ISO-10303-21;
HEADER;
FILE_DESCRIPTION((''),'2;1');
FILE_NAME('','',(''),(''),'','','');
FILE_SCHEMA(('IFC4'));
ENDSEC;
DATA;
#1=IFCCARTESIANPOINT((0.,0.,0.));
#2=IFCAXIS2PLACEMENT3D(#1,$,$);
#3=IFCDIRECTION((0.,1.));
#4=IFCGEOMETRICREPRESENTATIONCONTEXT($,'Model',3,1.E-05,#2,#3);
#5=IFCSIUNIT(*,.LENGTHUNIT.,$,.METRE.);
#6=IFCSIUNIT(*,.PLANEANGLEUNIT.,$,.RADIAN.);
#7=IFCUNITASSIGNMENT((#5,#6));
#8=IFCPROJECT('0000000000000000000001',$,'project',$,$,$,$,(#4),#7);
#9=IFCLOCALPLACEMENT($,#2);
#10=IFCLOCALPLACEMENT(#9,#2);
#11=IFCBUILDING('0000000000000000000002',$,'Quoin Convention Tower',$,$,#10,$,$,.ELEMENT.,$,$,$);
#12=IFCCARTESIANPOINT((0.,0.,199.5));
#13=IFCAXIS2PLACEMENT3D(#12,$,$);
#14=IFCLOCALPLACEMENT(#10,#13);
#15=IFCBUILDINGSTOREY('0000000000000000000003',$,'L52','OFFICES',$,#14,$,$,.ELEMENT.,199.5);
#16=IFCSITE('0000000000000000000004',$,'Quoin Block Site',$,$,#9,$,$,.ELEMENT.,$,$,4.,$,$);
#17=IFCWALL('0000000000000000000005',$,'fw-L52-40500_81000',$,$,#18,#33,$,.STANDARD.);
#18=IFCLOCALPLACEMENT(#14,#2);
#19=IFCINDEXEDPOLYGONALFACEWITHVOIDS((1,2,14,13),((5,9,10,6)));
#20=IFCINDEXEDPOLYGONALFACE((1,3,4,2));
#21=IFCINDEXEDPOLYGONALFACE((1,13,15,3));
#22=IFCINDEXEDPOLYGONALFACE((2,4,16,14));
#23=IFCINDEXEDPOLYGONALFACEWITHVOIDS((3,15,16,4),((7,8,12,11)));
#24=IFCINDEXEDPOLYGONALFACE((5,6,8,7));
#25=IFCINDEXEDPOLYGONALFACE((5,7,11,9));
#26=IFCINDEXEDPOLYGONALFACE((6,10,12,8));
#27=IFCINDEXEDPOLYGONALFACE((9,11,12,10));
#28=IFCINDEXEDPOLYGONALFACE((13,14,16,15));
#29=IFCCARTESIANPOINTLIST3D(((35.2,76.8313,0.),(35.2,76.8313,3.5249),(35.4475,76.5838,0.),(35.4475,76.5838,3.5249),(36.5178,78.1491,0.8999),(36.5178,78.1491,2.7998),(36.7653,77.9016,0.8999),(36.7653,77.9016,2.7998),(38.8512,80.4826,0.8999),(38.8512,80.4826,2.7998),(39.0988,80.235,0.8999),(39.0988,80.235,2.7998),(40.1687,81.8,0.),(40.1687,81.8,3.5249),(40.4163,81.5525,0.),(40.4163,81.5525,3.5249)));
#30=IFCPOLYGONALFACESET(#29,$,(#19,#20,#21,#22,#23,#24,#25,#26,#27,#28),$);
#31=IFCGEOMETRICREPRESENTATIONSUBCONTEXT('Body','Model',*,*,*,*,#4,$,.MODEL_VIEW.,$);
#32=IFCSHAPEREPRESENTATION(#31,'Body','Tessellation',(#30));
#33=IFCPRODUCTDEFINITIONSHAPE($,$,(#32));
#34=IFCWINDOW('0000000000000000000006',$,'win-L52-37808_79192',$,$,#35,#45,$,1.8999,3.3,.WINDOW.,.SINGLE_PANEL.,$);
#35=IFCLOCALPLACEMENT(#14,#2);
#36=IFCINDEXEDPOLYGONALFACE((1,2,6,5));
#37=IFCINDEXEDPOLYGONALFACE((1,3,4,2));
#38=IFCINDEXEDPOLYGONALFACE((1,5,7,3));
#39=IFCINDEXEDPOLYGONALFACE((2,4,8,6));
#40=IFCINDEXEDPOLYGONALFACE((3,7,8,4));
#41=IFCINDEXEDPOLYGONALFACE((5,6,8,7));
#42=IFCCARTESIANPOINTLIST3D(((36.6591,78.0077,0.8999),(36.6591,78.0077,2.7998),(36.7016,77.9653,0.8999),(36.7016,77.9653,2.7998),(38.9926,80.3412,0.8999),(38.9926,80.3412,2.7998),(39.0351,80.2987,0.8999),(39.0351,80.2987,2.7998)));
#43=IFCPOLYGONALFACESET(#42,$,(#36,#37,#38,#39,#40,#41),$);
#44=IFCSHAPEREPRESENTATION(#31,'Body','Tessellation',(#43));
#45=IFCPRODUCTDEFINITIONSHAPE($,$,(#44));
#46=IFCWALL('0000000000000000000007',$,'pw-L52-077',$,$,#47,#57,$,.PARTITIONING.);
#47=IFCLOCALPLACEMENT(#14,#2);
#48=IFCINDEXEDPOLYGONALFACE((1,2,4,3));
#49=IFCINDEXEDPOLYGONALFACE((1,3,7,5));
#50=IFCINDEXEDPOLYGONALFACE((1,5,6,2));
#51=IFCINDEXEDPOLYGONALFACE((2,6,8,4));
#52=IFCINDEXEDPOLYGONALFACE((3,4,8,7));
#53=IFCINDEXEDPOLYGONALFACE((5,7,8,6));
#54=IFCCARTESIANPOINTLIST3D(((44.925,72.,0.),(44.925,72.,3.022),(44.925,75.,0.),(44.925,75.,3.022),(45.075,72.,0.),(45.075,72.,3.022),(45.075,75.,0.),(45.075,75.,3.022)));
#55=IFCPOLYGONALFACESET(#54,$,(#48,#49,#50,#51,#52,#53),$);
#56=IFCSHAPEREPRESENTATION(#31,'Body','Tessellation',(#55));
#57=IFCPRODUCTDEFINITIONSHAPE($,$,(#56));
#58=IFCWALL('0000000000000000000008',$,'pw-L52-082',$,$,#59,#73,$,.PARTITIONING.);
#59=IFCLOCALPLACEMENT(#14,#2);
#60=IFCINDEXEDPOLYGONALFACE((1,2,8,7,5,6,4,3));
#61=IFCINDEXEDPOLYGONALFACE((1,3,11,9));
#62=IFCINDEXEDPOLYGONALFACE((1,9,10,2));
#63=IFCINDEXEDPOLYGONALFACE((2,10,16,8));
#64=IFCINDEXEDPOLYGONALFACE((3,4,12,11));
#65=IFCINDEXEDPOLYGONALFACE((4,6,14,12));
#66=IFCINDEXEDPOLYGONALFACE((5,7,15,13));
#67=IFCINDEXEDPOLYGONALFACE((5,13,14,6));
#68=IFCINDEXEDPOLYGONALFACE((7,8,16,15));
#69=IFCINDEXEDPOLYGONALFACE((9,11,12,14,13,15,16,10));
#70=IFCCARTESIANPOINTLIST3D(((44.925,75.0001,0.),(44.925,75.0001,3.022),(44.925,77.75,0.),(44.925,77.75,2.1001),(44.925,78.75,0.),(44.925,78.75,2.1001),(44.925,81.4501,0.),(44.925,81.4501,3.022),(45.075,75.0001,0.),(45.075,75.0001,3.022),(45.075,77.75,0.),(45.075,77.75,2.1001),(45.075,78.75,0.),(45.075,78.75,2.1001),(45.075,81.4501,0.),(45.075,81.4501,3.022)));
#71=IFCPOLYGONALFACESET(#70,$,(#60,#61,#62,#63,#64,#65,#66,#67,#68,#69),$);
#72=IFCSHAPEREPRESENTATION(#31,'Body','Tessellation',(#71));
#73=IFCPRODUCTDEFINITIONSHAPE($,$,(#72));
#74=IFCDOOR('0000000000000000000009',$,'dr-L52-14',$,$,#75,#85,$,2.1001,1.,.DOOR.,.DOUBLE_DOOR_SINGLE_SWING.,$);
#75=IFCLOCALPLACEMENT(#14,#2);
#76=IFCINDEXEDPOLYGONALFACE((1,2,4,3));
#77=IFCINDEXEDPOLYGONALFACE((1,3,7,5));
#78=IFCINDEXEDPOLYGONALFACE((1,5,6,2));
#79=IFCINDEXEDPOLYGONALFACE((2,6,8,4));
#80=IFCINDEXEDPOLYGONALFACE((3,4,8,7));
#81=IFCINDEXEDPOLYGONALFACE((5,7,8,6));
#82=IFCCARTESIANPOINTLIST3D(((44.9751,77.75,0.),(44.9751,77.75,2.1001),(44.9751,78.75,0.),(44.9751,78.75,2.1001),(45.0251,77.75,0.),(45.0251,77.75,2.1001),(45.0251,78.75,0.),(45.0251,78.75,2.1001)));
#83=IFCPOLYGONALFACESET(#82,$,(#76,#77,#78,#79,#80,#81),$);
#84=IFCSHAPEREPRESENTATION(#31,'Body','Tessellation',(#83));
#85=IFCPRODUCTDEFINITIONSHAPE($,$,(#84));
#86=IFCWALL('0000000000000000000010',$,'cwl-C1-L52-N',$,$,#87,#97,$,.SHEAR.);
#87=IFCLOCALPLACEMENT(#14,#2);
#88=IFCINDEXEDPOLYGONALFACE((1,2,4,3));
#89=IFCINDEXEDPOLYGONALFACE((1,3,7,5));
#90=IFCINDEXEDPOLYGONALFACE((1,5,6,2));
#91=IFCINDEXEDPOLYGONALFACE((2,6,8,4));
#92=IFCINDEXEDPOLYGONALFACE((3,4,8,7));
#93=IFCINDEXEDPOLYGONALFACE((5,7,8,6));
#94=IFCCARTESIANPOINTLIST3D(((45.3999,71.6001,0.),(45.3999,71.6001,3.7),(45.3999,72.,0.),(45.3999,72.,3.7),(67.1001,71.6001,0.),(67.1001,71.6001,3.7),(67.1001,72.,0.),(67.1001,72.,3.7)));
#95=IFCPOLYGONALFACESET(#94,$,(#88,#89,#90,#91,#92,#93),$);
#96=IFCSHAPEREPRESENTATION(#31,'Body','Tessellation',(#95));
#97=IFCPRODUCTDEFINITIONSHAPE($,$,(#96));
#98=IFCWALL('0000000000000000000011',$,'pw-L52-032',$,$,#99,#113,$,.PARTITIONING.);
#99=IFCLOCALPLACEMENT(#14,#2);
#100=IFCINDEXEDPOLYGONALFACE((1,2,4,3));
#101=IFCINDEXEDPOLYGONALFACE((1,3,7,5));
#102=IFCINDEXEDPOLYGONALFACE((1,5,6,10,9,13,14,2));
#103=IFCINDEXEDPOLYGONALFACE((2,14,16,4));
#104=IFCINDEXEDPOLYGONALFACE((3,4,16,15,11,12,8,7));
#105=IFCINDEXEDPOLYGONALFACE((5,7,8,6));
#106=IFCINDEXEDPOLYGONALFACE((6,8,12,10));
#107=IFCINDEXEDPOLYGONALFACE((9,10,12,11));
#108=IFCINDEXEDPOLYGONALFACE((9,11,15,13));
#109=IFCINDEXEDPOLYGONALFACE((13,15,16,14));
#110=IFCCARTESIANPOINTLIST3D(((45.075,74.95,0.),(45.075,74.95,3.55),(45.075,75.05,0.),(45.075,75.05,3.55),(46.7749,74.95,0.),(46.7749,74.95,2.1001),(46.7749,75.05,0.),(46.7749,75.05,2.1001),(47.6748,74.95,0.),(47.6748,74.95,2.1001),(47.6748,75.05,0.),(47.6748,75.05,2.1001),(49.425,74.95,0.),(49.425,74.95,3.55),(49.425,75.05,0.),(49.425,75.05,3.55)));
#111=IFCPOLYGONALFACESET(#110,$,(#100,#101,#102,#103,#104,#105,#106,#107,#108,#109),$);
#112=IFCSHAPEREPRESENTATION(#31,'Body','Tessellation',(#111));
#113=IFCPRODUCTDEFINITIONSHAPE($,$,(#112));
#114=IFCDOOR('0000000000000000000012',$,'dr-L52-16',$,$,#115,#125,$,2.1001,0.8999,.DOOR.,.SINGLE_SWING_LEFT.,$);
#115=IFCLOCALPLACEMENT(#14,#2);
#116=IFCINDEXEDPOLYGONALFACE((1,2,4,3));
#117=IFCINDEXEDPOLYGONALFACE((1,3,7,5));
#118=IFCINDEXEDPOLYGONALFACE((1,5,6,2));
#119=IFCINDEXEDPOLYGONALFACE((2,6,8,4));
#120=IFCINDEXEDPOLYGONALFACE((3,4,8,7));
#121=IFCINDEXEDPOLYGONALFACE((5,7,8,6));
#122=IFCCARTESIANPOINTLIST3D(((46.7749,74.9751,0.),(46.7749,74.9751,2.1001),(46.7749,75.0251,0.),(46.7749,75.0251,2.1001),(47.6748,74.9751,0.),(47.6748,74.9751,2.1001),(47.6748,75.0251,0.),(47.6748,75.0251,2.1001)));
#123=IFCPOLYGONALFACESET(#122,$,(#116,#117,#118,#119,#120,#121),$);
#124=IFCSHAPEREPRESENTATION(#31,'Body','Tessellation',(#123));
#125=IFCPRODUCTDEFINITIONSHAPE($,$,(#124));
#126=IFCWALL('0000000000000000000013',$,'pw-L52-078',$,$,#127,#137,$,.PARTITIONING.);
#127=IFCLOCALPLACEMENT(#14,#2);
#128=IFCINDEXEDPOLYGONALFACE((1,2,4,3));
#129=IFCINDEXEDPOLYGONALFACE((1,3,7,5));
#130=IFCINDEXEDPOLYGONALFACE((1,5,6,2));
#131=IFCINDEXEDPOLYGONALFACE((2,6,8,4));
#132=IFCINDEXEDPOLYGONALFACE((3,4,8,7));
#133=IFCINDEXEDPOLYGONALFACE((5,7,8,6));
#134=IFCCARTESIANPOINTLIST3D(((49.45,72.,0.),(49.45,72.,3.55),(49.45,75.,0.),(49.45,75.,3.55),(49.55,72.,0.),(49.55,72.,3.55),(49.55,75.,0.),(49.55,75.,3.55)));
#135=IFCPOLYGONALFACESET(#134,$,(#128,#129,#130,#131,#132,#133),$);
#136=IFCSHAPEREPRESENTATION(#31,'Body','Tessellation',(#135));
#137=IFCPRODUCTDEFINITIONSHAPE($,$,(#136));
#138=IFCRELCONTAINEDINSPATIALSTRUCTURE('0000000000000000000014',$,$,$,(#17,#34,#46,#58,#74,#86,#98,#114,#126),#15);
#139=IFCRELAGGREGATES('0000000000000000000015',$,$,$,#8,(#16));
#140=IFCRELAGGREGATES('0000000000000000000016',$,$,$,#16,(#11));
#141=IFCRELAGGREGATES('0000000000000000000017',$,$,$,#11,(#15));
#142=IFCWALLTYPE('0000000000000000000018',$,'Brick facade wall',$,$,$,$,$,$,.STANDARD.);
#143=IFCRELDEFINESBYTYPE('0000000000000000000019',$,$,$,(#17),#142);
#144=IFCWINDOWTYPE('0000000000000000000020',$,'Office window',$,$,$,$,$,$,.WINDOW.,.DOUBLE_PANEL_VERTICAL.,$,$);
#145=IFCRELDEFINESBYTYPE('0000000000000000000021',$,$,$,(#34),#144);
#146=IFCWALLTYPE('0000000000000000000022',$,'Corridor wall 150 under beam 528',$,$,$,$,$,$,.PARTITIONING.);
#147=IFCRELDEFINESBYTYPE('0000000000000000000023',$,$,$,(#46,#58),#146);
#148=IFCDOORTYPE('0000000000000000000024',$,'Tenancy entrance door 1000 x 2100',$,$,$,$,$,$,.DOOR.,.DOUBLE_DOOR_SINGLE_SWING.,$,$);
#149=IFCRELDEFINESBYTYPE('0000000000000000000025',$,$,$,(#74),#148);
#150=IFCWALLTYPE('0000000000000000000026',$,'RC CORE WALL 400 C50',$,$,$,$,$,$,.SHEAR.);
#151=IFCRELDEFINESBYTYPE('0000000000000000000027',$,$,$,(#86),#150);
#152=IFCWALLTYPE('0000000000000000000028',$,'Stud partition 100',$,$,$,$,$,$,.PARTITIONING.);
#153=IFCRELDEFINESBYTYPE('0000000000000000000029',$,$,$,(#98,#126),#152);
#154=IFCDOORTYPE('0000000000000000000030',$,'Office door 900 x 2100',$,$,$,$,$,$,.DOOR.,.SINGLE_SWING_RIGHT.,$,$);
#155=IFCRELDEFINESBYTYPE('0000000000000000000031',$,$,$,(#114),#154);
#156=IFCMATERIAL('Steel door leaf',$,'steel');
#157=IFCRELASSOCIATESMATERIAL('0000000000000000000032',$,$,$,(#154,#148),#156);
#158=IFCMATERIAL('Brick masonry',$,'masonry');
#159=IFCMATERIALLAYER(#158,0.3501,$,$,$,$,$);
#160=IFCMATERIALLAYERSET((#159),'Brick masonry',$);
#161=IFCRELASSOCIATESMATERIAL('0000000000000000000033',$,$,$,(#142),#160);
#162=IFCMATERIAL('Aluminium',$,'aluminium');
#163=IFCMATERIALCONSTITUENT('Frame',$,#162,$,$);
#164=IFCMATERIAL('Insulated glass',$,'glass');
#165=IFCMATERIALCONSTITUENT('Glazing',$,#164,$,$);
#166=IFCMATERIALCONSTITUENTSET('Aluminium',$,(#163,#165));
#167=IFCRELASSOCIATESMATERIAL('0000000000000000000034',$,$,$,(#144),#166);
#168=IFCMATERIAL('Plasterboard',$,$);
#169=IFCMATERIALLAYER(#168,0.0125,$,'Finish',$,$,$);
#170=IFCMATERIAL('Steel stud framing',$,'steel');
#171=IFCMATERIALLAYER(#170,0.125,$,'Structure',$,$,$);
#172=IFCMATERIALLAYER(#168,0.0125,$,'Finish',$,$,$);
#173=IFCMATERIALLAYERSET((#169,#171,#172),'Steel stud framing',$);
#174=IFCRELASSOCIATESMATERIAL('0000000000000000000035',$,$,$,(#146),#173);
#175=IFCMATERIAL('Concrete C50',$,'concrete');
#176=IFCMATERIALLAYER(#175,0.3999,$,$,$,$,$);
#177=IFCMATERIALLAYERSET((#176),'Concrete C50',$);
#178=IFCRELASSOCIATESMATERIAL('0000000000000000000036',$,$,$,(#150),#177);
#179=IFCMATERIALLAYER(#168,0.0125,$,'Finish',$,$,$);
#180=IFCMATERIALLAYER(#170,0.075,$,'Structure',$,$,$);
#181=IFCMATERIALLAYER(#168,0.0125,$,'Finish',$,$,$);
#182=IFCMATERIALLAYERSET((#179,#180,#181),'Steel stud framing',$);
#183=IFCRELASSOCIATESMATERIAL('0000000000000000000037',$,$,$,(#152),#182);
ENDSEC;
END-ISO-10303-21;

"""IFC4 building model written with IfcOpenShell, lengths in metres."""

from ifc_helpers import new_model, si_unit, direction, frame, frame_2d, origin, place, context, subcontext, project, spatial, rectangle, extrude, material, layer, layer_set, constituent, constituent_set, type_object, element, fill, save


model = new_model("IFC4")

# Units and contexts
model_context = context("Model", 3, precision=1e-05, world=origin(), true_north=direction((0.0, 1.0)))
body_context = subcontext(model_context, "Body", "Model", "MODEL_VIEW")
ifc_project = project(units=[si_unit("LENGTHUNIT", "METRE"), si_unit("PLANEANGLEUNIT", "RADIAN")], contexts=[model_context])

# Site, building, storey
site_placement = place(None, origin())
site = spatial("IfcSite", under=ifc_project, at=site_placement, Name="Quoin Block Site", CompositionType="ELEMENT", RefElevation=4.0)
building_placement = place(site_placement, origin())
building = spatial("IfcBuilding", under=site, at=building_placement, Name="Quoin Convention Tower", CompositionType="ELEMENT")
storey_placement = place(building_placement, frame((0.0, 0.0, 199.5)))
storey = spatial("IfcBuildingStorey", under=building, at=storey_placement, Name="L52", Description="OFFICES", CompositionType="ELEMENT", Elevation=199.5)

# Shared definitions
ifc_material_1 = material(Name="Concrete C50", Category="concrete")

# Shared definitions
ifc_material_2 = material(Name="Plasterboard")
ifc_material_3 = material(Name="Steel stud framing", Category="steel")
ifc_material_4 = material(Name="Steel door leaf", Category="steel")
door_type_1 = type_object("IfcDoorType", Name="Office door 900 x 2100", OperationType="SINGLE_SWING_RIGHT", PredefinedType="DOOR", material=ifc_material_4)

# Wall, opening, window
ifc_material_5 = material(Name="Brick masonry", Category="masonry")
ifc_layer_1 = layer(ifc_material_5, 0.3501)
ifc_layer_set_1 = layer_set([ifc_layer_1], Name="Brick masonry")
wall_type_1 = type_object("IfcWallType", Name="Brick facade wall", PredefinedType="STANDARD", material=ifc_layer_set_1)
wall_1_placement = place(storey_placement, frame((40.2925, 81.6763, 0.0), z_axis=(0.0, 0.0, 1.0), x_axis=(-0.707107, -0.707107, 0.0)))
wall_1 = element("IfcWall", 1, at=wall_1_placement, inside=storey, type_object=wall_type_1, Name="fw-L52-40500_81000", PredefinedType="STANDARD", context=body_context, shape_type="SweptSolid", body=[
    extrude(rectangle(XDim=7.0269, YDim=0.3501, at=frame_2d((3.5134, 0.0))), origin(), (0.0, 0.0, 1.0), 3.5249),
])
opening_1_placement = place(wall_1_placement, frame((1.8633, 0.0, 0.8999)))
opening_1 = element("IfcOpeningElement", 2, at=opening_1_placement, cuts=wall_1, PredefinedType="OPENING", context=body_context, shape_type="SweptSolid", body=[
    extrude(rectangle(XDim=3.3, YDim=1.8999, at=frame_2d((1.6499, 0.95))), frame((0.0, 0.1851, 0.0), z_axis=(0.0, -1.0, 0.0), x_axis=(1.0, 0.0, 0.0)), (0.0, 0.0, 1.0), 0.3701),
])
ifc_material_6 = material(Name="Aluminium", Category="aluminium")
ifc_constituent_1 = constituent(ifc_material_6, Name="Frame")
ifc_material_7 = material(Name="Insulated glass", Category="glass")
ifc_constituent_2 = constituent(ifc_material_7, Name="Glazing")
ifc_constituent_set = constituent_set(constituents=[ifc_constituent_1, ifc_constituent_2], Name="Aluminium")
window_type = type_object("IfcWindowType", Name="Office window", PartitioningType="DOUBLE_PANEL_VERTICAL", PredefinedType="WINDOW", material=ifc_constituent_set)
window_placement = place(opening_1_placement, origin())
window = element("IfcWindow", 3, at=window_placement, inside=storey, type_object=window_type, Name="win-L52-37808_79192", OverallHeight=1.8999, OverallWidth=3.3, PartitioningType="SINGLE_PANEL", PredefinedType="WINDOW", context=body_context, shape_type="SweptSolid", body=[
    extrude(rectangle(XDim=3.3, YDim=1.8999, at=frame_2d((1.6499, 0.95))), frame((0.0, 0.085, 0.0), z_axis=(0.0, -1.0, 0.0), x_axis=(1.0, 0.0, 0.0)), (0.0, 0.0, 1.0), 0.0601),
])
fill(opening_1, window)

# Wall
ifc_layer_2 = layer(ifc_material_2, 0.0125, Name="Finish")
ifc_layer_3 = layer(ifc_material_3, 0.125, Name="Structure")
ifc_layer_4 = layer(ifc_material_2, 0.0125, Name="Finish")
ifc_layer_set_2 = layer_set([ifc_layer_2, ifc_layer_3, ifc_layer_4], Name="Steel stud framing")
wall_type_2 = type_object("IfcWallType", Name="Corridor wall 150 under beam 528", PredefinedType="PARTITIONING", material=ifc_layer_set_2)
wall_2_placement = place(storey_placement, frame((45.0, 72.0, 0.0), z_axis=(0.0, 0.0, 1.0), x_axis=(0.0, 1.0, 0.0)))
element("IfcWall", 4, at=wall_2_placement, inside=storey, type_object=wall_type_2, Name="pw-L52-077", PredefinedType="PARTITIONING", context=body_context, shape_type="SweptSolid", body=[
    extrude(rectangle(XDim=3.0, YDim=0.1499, at=frame_2d((1.5, 0.0))), origin(), (0.0, 0.0, 1.0), 3.022),
])

# Wall, opening, door
wall_3_placement = place(storey_placement, frame((45.0, 75.0, 0.0), z_axis=(0.0, 0.0, 1.0), x_axis=(0.0, 1.0, 0.0)))
wall_3 = element("IfcWall", 5, at=wall_3_placement, inside=storey, type_object=wall_type_2, Name="pw-L52-082", PredefinedType="PARTITIONING", context=body_context, shape_type="SweptSolid", body=[
    extrude(rectangle(XDim=6.45, YDim=0.1499, at=frame_2d((3.2251, 0.0))), origin(), (0.0, 0.0, 1.0), 3.022),
])
opening_2_placement = place(wall_3_placement, frame((2.75, 0.0, 0.0)))
opening_2 = element("IfcOpeningElement", 6, at=opening_2_placement, cuts=wall_3, PredefinedType="OPENING", context=body_context, shape_type="SweptSolid", body=[
    extrude(rectangle(XDim=1.0, YDim=2.1001, at=frame_2d((0.5, 1.05))), frame((0.0, 0.085, 0.0), z_axis=(0.0, -1.0, 0.0), x_axis=(1.0, 0.0, 0.0)), (0.0, 0.0, 1.0), 0.1699),
])
door_type_2 = type_object("IfcDoorType", Name="Tenancy entrance door 1000 x 2100", OperationType="DOUBLE_DOOR_SINGLE_SWING", PredefinedType="DOOR", material=ifc_material_4)
door_1_placement = place(opening_2_placement, origin())
door_1 = element("IfcDoor", 7, at=door_1_placement, inside=storey, type_object=door_type_2, Name="dr-L52-14", OperationType="DOUBLE_DOOR_SINGLE_SWING", OverallHeight=2.1001, OverallWidth=1.0, PredefinedType="DOOR", context=body_context, shape_type="SweptSolid", body=[
    extrude(rectangle(XDim=1.0, YDim=2.1001, at=frame_2d((0.5, 1.05))), frame((0.0, 0.0249, 0.0), z_axis=(0.0, -1.0, 0.0), x_axis=(1.0, 0.0, 0.0)), (0.0, 0.0, 1.0), 0.05),
])
fill(opening_2, door_1)

# Wall
ifc_layer_5 = layer(ifc_material_1, 0.3999)
ifc_layer_set_3 = layer_set([ifc_layer_5], Name="Concrete C50")
wall_type_3 = type_object("IfcWallType", Name="RC CORE WALL 400 C50", PredefinedType="SHEAR", material=ifc_layer_set_3)
wall_4_placement = place(storey_placement, frame((45.3999, 71.8, 0.0), z_axis=(0.0, 0.0, 1.0), x_axis=(1.0, 0.0, 0.0)))
element("IfcWall", 8, at=wall_4_placement, inside=storey, type_object=wall_type_3, Name="cwl-C1-L52-N", PredefinedType="SHEAR", context=body_context, shape_type="SweptSolid", body=[
    extrude(rectangle(XDim=21.7002, YDim=0.3999, at=frame_2d((10.8501, 0.0))), origin(), (0.0, 0.0, 1.0), 3.7),
])

# Wall, opening, door
ifc_layer_6 = layer(ifc_material_2, 0.0125, Name="Finish")
ifc_layer_7 = layer(ifc_material_3, 0.075, Name="Structure")
ifc_layer_8 = layer(ifc_material_2, 0.0125, Name="Finish")
ifc_layer_set_4 = layer_set([ifc_layer_6, ifc_layer_7, ifc_layer_8], Name="Steel stud framing")
wall_type_4 = type_object("IfcWallType", Name="Stud partition 100", PredefinedType="PARTITIONING", material=ifc_layer_set_4)
wall_5_placement = place(storey_placement, frame((45.075, 75.0, 0.0), z_axis=(0.0, 0.0, 1.0), x_axis=(1.0, 0.0, 0.0)))
wall_5 = element("IfcWall", 9, at=wall_5_placement, inside=storey, type_object=wall_type_4, Name="pw-L52-032", PredefinedType="PARTITIONING", context=body_context, shape_type="SweptSolid", body=[
    extrude(rectangle(XDim=4.3501, YDim=0.1001, at=frame_2d((2.175, 0.0))), origin(), (0.0, 0.0, 1.0), 3.55),
])
opening_3_placement = place(wall_5_placement, frame((1.7, 0.0, 0.0)))
opening_3 = element("IfcOpeningElement", 10, at=opening_3_placement, cuts=wall_5, PredefinedType="OPENING", context=body_context, shape_type="SweptSolid", body=[
    extrude(rectangle(XDim=0.8999, YDim=2.1001, at=frame_2d((0.45, 1.05))), frame((0.0, 0.0601, 0.0), z_axis=(0.0, -1.0, 0.0), x_axis=(1.0, 0.0, 0.0)), (0.0, 0.0, 1.0), 0.1201),
])
door_2_placement = place(opening_3_placement, frame((0.8999, 0.0, 0.0), z_axis=(0.0, 0.0, 1.0), x_axis=(-1.0, 0.0, 0.0)))
door_2 = element("IfcDoor", 11, at=door_2_placement, inside=storey, type_object=door_type_1, Name="dr-L52-16", OperationType="SINGLE_SWING_LEFT", OverallHeight=2.1001, OverallWidth=0.8999, PredefinedType="DOOR", context=body_context, shape_type="SweptSolid", body=[
    extrude(rectangle(XDim=0.8999, YDim=2.1001, at=frame_2d((0.45, 1.05))), frame((0.0, 0.0249, 0.0), z_axis=(0.0, -1.0, 0.0), x_axis=(1.0, 0.0, 0.0)), (0.0, 0.0, 1.0), 0.05),
])
fill(opening_3, door_2)

# Wall
wall_6_placement = place(storey_placement, frame((49.5, 72.0, 0.0), z_axis=(0.0, 0.0, 1.0), x_axis=(0.0, 1.0, 0.0)))
element("IfcWall", 12, at=wall_6_placement, inside=storey, type_object=wall_type_4, Name="pw-L52-078", PredefinedType="PARTITIONING", context=body_context, shape_type="SweptSolid", body=[
    extrude(rectangle(XDim=3.0, YDim=0.1001, at=frame_2d((1.5, 0.0))), origin(), (0.0, 0.0, 1.0), 3.55),
])

save(model, "model.ifc")
